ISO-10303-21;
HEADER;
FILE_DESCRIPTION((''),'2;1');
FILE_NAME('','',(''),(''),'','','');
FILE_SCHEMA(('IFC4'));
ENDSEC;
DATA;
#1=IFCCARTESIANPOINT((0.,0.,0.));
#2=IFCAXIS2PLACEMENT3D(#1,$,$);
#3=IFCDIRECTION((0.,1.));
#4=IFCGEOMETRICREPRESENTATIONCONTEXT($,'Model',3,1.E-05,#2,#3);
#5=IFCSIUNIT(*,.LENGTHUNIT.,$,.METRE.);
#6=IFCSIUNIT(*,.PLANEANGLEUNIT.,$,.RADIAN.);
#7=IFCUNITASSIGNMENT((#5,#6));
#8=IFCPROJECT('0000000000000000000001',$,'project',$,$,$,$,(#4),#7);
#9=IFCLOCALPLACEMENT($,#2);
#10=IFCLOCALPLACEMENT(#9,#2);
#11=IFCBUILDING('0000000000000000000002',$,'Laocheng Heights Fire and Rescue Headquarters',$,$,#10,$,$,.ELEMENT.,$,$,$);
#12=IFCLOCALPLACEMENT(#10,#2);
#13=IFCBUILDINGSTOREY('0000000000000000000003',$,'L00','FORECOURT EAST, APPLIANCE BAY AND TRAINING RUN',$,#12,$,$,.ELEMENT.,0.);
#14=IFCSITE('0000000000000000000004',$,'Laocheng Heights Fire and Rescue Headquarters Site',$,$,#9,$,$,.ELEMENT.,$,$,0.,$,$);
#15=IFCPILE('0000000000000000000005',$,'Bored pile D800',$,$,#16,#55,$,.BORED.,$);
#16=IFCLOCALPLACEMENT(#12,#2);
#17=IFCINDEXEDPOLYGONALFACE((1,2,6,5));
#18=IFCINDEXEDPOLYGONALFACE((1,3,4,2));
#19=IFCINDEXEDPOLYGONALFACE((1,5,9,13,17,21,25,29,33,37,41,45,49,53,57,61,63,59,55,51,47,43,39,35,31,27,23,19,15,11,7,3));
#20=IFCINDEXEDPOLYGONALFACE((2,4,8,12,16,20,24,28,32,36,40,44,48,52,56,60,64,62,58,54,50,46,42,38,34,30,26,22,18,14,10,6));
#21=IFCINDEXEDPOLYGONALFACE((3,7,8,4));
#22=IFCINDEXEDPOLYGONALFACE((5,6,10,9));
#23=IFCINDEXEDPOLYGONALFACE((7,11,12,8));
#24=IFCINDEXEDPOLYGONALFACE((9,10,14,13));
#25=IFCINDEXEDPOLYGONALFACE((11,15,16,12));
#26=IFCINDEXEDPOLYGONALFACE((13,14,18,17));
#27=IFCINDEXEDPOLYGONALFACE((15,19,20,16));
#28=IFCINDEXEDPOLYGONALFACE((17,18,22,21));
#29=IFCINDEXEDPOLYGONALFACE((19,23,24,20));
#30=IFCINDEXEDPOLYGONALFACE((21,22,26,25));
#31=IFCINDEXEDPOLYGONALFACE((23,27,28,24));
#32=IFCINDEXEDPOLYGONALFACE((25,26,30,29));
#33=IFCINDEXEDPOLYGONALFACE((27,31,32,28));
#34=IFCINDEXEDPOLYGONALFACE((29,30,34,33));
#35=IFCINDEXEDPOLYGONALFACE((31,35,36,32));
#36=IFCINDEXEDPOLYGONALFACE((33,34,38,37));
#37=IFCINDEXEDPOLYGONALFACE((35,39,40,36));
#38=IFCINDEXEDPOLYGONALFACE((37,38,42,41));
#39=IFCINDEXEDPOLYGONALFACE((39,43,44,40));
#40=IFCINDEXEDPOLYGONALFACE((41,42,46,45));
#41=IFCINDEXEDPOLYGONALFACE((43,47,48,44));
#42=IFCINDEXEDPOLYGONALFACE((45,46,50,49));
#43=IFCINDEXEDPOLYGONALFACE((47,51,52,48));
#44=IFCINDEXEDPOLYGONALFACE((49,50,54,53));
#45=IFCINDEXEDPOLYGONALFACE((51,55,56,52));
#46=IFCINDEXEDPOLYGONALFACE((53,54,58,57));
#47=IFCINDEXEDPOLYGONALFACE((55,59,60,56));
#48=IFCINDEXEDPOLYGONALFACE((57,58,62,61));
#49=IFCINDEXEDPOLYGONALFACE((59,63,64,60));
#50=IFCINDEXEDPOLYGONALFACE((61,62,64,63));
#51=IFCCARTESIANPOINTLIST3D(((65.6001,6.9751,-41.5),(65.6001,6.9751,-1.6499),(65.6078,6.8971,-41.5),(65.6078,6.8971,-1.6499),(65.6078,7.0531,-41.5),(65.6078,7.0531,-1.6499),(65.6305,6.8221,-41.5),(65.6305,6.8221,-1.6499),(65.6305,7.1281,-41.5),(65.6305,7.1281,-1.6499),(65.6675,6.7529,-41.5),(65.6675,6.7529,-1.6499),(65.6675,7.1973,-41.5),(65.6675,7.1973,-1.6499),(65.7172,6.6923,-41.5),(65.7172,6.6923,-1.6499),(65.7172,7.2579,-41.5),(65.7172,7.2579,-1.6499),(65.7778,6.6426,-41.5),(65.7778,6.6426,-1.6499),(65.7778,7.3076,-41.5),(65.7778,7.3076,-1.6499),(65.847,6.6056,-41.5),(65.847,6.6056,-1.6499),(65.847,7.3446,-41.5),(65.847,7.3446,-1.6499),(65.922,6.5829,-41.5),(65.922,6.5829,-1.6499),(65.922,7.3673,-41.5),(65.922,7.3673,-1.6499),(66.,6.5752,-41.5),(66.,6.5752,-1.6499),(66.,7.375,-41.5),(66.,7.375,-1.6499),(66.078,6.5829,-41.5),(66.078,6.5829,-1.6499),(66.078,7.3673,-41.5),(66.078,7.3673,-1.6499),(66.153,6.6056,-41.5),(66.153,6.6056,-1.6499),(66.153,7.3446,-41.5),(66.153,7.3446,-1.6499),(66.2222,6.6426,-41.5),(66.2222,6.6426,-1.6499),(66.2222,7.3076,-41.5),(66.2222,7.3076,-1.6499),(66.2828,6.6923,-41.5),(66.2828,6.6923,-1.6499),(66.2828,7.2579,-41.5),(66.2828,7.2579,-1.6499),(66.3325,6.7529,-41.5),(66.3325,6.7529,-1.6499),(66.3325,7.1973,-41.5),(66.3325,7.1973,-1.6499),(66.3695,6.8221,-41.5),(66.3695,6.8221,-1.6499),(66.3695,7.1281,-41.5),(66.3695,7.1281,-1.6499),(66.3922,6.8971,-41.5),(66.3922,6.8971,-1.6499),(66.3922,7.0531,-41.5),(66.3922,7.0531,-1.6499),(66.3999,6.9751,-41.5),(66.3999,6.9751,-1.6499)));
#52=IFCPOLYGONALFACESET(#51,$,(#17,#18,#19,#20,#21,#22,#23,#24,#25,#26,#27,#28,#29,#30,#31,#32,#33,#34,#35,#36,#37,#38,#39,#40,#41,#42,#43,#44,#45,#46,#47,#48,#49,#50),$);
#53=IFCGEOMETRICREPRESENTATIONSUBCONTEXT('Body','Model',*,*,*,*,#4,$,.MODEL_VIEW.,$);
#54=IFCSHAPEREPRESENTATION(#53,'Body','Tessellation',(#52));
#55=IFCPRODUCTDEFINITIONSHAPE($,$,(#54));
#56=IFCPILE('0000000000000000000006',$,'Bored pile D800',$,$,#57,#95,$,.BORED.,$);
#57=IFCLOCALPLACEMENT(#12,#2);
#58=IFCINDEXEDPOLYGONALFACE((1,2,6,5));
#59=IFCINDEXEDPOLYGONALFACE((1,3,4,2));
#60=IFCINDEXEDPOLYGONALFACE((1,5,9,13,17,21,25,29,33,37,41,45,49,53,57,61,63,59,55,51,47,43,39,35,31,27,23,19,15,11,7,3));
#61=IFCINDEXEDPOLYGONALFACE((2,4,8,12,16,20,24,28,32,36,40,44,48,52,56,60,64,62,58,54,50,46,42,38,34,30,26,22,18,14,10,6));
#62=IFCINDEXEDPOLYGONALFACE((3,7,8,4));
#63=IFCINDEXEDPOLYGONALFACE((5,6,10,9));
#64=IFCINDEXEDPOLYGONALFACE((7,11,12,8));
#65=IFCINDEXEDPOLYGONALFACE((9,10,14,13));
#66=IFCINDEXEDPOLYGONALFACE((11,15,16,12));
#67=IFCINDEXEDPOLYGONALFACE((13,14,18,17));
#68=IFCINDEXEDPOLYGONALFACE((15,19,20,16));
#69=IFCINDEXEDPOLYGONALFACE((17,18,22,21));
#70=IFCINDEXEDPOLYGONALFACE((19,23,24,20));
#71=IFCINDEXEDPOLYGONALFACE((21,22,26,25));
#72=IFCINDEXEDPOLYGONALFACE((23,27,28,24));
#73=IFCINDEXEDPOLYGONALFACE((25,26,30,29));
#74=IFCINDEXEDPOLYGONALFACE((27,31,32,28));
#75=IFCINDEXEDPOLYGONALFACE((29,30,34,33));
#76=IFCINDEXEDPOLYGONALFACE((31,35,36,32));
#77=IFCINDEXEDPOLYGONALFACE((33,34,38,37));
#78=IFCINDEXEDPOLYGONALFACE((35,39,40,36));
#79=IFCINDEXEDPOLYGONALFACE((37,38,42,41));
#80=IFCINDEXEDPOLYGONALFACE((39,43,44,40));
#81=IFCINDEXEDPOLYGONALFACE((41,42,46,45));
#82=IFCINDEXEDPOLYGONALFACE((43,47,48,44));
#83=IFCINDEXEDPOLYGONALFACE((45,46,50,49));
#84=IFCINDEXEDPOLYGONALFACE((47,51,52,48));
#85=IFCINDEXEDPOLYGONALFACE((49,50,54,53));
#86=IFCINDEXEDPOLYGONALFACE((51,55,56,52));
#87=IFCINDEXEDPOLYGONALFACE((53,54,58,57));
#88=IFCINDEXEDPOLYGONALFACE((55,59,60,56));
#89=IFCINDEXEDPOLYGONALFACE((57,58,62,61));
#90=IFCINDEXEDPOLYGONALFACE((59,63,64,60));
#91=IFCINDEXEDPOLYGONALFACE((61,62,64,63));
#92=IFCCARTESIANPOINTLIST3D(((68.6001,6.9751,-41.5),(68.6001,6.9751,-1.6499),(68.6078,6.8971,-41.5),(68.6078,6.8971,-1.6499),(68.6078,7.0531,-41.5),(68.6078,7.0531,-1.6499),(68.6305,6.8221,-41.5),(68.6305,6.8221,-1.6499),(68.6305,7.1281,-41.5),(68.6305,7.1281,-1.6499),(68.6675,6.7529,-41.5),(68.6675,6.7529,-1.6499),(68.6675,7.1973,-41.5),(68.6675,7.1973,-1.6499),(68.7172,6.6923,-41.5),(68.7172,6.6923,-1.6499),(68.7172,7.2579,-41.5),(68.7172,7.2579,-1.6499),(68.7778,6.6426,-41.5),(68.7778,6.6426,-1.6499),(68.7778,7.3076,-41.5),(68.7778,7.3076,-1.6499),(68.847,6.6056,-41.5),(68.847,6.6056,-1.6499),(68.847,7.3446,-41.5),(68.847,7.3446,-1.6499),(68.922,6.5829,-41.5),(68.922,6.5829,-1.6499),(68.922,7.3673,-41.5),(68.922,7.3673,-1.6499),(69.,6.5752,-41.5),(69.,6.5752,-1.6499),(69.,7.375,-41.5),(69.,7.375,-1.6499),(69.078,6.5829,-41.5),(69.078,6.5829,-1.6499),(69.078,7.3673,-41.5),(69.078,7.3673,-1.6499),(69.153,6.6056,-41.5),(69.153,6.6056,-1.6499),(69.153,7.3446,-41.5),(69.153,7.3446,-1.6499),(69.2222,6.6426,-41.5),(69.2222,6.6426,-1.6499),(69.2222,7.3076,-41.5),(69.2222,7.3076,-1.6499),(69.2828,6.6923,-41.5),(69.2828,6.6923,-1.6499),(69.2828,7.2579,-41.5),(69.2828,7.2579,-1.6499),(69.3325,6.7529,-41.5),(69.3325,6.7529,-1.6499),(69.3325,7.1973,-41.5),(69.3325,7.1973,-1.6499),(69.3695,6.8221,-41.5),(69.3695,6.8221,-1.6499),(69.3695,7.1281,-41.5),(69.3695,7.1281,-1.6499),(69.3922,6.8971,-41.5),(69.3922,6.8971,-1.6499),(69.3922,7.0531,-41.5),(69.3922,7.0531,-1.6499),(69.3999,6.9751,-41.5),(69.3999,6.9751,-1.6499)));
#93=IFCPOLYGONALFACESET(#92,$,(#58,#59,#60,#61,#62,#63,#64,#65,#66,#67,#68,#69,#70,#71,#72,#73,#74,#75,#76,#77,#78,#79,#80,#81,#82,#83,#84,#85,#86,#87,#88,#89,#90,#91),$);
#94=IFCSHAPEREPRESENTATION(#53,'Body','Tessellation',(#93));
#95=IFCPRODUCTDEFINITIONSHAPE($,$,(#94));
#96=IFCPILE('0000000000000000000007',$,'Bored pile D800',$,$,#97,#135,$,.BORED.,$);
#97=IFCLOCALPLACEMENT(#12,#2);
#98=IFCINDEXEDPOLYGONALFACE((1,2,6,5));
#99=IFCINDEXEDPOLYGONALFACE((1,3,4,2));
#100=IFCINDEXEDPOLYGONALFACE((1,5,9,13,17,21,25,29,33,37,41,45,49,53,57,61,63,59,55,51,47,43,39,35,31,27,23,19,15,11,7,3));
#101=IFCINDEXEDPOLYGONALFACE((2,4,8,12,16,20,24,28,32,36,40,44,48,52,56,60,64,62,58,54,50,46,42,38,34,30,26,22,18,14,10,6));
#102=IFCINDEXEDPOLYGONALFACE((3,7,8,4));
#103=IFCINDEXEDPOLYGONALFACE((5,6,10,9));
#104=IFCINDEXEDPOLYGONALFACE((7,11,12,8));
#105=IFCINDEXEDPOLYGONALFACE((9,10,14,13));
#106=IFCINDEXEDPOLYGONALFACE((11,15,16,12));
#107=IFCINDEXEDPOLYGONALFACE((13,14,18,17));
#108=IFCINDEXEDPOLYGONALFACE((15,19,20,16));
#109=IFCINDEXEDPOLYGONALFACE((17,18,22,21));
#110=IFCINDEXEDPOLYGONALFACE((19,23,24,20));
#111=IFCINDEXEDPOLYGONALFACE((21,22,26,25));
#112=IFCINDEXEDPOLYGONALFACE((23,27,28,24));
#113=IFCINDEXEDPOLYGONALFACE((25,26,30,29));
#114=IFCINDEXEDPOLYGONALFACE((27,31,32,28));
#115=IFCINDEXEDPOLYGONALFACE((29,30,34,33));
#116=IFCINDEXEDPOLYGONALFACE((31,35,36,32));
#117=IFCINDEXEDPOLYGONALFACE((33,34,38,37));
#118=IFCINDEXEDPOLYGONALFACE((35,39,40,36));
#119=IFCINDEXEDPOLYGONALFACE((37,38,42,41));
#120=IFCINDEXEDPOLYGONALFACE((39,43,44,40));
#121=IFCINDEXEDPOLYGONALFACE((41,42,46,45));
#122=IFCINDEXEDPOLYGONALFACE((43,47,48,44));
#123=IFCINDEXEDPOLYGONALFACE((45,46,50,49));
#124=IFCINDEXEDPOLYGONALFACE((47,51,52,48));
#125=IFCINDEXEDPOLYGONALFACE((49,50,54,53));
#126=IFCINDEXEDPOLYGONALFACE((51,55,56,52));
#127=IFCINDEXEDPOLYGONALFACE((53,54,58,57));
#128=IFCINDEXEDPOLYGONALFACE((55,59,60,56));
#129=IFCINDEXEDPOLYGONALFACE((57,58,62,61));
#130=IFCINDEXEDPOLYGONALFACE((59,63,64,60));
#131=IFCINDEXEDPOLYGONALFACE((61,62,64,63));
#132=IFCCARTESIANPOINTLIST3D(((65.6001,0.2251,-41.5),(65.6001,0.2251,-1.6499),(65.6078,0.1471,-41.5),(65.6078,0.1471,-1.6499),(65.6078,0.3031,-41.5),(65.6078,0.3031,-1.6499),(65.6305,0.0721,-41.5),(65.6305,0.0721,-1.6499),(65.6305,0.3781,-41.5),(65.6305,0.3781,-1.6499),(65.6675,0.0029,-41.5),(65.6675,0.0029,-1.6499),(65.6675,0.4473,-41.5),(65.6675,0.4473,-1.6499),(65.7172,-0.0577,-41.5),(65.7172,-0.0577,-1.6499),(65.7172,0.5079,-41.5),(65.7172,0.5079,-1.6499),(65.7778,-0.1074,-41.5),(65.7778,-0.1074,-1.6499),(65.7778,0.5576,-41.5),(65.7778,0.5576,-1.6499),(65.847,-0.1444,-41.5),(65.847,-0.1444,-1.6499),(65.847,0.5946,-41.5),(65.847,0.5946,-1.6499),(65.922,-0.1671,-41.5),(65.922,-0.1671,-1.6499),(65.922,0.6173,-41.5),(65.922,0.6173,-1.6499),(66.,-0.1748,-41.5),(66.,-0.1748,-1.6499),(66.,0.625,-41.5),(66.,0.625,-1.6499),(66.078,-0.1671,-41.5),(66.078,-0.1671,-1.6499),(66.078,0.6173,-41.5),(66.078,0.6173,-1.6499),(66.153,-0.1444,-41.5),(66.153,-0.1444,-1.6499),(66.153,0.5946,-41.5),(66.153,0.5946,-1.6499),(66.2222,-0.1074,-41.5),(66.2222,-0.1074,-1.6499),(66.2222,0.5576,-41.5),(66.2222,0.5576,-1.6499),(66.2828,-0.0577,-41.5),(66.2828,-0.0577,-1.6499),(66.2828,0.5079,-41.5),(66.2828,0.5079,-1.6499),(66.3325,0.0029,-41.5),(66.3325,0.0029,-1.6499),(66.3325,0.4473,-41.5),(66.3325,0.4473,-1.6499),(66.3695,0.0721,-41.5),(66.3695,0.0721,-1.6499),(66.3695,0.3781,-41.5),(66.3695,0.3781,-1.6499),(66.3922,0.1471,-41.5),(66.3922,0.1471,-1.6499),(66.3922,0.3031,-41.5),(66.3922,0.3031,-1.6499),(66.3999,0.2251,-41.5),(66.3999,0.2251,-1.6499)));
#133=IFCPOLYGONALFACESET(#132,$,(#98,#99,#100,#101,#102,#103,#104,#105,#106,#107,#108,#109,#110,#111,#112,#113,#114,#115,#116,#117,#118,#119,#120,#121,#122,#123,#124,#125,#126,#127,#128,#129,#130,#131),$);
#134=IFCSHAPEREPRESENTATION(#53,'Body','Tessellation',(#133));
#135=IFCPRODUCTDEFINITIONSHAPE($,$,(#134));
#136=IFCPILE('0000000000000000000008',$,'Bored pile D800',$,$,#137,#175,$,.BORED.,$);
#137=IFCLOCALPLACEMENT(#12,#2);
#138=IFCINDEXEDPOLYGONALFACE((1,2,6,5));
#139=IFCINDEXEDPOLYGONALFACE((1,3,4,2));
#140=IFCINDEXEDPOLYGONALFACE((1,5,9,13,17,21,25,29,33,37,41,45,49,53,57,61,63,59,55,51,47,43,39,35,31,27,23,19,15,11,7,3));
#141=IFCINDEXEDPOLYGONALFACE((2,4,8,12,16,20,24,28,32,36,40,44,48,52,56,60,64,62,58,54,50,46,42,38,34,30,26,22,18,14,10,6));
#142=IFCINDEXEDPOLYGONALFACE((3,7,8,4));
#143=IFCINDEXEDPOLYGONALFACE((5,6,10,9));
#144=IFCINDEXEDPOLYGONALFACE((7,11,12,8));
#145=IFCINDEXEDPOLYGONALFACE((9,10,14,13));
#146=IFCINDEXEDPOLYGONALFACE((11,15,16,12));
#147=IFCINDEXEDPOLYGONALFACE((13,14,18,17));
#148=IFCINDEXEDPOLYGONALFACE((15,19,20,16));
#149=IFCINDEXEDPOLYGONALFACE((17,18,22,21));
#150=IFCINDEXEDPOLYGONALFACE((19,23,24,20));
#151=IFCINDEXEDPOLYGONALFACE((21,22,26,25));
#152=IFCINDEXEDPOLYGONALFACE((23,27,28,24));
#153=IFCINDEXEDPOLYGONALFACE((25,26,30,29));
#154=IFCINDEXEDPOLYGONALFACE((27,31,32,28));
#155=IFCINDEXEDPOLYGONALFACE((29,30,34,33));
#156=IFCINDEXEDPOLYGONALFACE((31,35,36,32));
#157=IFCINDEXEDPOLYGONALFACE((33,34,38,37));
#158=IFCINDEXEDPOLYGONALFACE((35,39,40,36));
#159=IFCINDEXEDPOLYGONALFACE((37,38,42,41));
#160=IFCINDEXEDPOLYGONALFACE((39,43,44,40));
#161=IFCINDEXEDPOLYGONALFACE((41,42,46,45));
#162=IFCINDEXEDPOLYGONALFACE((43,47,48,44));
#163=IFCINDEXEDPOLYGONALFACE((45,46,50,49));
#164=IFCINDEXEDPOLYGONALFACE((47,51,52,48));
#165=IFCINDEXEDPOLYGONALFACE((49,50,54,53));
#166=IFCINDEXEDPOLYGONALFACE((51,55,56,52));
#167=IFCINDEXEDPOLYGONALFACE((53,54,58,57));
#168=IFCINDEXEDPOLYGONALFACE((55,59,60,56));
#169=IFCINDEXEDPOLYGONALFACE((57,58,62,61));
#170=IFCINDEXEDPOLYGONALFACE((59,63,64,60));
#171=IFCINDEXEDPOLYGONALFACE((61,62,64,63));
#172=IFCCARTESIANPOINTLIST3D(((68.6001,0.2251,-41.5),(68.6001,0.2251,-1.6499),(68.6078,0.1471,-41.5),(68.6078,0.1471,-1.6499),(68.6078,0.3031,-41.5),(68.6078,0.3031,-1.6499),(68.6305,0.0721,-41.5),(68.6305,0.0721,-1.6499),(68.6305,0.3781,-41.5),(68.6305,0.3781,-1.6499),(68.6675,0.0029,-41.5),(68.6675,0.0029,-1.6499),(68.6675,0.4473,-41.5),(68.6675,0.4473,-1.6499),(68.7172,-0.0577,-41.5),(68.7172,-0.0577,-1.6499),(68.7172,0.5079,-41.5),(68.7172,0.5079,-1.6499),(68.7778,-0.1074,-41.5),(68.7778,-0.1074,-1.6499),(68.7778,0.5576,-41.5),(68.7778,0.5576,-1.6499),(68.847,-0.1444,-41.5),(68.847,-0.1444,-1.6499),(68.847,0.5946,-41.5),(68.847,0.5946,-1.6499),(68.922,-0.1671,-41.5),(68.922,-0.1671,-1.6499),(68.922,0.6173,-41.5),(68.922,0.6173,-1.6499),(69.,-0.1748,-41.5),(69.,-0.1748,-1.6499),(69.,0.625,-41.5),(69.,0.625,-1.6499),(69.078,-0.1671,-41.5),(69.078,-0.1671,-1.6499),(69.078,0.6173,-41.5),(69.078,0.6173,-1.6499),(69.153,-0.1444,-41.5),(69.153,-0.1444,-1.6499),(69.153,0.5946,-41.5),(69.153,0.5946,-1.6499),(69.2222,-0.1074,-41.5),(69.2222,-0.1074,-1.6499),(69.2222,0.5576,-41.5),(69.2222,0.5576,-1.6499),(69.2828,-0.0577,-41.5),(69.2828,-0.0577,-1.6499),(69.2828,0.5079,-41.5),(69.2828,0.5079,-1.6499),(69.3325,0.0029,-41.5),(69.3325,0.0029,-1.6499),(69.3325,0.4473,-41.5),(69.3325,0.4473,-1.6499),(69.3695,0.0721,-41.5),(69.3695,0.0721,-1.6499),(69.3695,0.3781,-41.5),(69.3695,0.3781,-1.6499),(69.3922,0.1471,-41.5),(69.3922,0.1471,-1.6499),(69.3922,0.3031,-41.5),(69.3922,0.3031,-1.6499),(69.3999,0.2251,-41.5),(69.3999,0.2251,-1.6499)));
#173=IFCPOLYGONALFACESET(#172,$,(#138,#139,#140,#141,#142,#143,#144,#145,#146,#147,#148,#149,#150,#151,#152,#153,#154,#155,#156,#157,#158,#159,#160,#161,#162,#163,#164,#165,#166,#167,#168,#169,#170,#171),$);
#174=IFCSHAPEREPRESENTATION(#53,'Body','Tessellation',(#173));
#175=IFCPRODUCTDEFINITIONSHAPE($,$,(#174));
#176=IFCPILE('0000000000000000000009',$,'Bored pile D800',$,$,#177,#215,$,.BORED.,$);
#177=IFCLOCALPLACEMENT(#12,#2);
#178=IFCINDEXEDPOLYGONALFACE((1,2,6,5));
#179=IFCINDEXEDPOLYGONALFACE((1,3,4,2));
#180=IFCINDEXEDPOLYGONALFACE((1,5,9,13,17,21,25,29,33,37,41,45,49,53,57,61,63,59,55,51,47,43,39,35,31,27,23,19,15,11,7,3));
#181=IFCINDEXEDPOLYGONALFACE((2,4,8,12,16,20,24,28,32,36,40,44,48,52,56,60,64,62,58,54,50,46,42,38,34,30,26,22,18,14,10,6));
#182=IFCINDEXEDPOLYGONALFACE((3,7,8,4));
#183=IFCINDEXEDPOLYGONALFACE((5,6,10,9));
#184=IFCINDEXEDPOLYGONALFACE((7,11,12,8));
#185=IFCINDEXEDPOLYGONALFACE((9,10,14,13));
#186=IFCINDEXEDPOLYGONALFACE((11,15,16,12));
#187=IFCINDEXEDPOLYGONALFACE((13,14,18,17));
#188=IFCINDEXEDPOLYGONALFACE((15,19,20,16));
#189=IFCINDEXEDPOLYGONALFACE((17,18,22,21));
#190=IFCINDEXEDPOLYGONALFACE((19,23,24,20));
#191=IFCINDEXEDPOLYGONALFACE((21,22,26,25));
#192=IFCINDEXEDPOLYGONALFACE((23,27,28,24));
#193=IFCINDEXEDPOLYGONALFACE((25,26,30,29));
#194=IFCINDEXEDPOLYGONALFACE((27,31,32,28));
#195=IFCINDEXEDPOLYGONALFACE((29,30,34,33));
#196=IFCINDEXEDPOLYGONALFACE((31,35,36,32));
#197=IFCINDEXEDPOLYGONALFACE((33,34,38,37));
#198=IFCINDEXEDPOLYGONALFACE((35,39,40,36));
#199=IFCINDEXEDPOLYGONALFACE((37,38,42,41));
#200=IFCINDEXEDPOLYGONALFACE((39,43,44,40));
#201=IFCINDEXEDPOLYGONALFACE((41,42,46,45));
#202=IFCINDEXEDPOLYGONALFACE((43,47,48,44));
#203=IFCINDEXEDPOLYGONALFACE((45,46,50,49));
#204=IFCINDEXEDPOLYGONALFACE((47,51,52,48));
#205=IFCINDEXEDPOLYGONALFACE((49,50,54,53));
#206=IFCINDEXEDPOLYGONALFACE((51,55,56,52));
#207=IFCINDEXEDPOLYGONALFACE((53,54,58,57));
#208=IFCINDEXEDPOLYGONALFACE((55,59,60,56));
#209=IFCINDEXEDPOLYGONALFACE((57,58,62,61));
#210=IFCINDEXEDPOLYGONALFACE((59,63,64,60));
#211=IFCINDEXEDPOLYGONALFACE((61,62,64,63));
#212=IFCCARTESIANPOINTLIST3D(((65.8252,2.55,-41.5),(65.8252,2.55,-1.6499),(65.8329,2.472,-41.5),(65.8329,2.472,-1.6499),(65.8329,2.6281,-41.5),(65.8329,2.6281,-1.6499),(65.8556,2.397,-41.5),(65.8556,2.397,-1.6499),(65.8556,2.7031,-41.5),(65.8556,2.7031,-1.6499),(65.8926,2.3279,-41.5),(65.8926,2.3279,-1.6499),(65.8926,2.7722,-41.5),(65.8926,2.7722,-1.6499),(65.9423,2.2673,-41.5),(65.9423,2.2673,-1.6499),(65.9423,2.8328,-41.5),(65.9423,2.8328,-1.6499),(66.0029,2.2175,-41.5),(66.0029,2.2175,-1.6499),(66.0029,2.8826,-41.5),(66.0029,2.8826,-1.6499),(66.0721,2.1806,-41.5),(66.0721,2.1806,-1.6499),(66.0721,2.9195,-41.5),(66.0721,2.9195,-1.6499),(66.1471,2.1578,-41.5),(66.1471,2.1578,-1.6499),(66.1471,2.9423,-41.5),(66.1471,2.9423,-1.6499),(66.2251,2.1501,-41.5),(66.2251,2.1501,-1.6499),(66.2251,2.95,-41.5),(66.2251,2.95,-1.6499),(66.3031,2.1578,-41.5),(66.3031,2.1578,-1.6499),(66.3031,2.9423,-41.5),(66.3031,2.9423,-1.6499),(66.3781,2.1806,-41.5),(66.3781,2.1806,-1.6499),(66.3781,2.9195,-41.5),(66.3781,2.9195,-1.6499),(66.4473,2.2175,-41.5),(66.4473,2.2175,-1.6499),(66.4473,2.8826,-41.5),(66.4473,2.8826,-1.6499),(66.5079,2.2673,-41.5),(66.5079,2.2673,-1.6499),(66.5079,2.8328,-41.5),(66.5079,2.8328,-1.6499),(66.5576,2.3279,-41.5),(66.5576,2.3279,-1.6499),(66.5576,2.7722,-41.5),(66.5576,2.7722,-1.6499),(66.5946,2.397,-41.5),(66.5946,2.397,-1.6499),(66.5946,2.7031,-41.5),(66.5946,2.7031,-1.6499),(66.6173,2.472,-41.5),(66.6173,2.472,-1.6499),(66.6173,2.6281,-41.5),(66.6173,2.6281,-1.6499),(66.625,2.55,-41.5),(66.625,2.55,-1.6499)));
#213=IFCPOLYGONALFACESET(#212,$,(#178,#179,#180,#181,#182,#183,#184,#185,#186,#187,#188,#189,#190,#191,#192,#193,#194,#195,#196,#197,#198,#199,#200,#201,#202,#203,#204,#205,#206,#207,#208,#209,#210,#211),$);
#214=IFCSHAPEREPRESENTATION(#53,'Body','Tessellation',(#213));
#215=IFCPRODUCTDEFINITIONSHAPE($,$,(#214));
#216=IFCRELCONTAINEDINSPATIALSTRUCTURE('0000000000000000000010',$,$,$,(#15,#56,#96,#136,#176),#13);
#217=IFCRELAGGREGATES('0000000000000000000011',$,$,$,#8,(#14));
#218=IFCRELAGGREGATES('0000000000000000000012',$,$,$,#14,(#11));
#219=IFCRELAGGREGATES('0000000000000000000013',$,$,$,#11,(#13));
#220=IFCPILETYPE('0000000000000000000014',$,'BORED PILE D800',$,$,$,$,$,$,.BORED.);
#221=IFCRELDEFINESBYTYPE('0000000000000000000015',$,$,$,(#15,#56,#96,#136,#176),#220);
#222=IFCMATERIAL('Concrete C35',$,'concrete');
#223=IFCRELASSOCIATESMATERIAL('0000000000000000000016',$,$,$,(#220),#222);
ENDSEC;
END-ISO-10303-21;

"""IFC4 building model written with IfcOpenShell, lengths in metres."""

from ifc_helpers import new_model, si_unit, direction, frame, origin, origin_2d, place, context, subcontext, project, spatial, circle, extrude, material, material_profile, profile_set, type_object, element, save


model = new_model("IFC4")

# Units and contexts
model_context = context("Model", 3, precision=1e-05, world=origin(), true_north=direction((0.0, 1.0)))
body_context = subcontext(model_context, "Body", "Model", "MODEL_VIEW")
ifc_project = project(units=[si_unit("LENGTHUNIT", "METRE"), si_unit("PLANEANGLEUNIT", "RADIAN")], contexts=[model_context])

# Site, building, storey
site_placement = place(None, origin())
site = spatial("IfcSite", under=ifc_project, at=site_placement, Name="Laocheng Heights Fire and Rescue Headquarters Site", CompositionType="ELEMENT", RefElevation=0.0)
building_placement = place(site_placement, origin())
building = spatial("IfcBuilding", under=site, at=building_placement, Name="Laocheng Heights Fire and Rescue Headquarters", CompositionType="ELEMENT")
storey_placement = place(building_placement, origin())
storey = spatial("IfcBuildingStorey", under=building, at=storey_placement, Name="L00", Description="FORECOURT EAST, APPLIANCE BAY AND TRAINING RUN", CompositionType="ELEMENT", Elevation=0.0)

# Piles
ifc_material_1 = material(Name="Concrete C35", Category="concrete")
ifc_material_profile_1 = material_profile(ifc_material_1, circle(Radius=0.3999, at=origin_2d()), Name="BORED PILE D800")
ifc_profile_set_1 = profile_set([ifc_material_profile_1], Name="Concrete C35")
pile_type = type_object("IfcPileType", Name="BORED PILE D800", PredefinedType="BORED", material=ifc_profile_set_1)
for number, where, z_axis, x_axis, name in (
    (1, (66.0, 6.9751, -1.6499), (0.0, 0.0, -1.0), (1.0, 0.0, 0.0), "Bored pile D800"),
    (2, (69.0, 6.9751, -1.6499), (0.0, 0.0, -1.0), (1.0, 0.0, 0.0), "Bored pile D800"),
    (3, (66.0, 0.2251, -1.6499), (0.0, 0.0, -1.0), (1.0, 0.0, 0.0), "Bored pile D800"),
    (4, (69.0, 0.2251, -1.6499), (0.0, 0.0, -1.0), (1.0, 0.0, 0.0), "Bored pile D800"),
    (5, (66.2251, 2.55, -1.6499), (0.0, 0.0, -1.0), (1.0, 0.0, 0.0), "Bored pile D800"),
):
    element("IfcPile", number, at=place(storey_placement, frame(where, z_axis=z_axis, x_axis=x_axis)), inside=storey, type_object=pile_type, Name=name, PredefinedType="BORED", context=body_context, shape_type="SweptSolid", body=[
        extrude(circle(Radius=0.3999, at=origin_2d()), origin(), (0.0, 0.0, 1.0), 39.8501),
    ])

save(model, "model.ifc")
